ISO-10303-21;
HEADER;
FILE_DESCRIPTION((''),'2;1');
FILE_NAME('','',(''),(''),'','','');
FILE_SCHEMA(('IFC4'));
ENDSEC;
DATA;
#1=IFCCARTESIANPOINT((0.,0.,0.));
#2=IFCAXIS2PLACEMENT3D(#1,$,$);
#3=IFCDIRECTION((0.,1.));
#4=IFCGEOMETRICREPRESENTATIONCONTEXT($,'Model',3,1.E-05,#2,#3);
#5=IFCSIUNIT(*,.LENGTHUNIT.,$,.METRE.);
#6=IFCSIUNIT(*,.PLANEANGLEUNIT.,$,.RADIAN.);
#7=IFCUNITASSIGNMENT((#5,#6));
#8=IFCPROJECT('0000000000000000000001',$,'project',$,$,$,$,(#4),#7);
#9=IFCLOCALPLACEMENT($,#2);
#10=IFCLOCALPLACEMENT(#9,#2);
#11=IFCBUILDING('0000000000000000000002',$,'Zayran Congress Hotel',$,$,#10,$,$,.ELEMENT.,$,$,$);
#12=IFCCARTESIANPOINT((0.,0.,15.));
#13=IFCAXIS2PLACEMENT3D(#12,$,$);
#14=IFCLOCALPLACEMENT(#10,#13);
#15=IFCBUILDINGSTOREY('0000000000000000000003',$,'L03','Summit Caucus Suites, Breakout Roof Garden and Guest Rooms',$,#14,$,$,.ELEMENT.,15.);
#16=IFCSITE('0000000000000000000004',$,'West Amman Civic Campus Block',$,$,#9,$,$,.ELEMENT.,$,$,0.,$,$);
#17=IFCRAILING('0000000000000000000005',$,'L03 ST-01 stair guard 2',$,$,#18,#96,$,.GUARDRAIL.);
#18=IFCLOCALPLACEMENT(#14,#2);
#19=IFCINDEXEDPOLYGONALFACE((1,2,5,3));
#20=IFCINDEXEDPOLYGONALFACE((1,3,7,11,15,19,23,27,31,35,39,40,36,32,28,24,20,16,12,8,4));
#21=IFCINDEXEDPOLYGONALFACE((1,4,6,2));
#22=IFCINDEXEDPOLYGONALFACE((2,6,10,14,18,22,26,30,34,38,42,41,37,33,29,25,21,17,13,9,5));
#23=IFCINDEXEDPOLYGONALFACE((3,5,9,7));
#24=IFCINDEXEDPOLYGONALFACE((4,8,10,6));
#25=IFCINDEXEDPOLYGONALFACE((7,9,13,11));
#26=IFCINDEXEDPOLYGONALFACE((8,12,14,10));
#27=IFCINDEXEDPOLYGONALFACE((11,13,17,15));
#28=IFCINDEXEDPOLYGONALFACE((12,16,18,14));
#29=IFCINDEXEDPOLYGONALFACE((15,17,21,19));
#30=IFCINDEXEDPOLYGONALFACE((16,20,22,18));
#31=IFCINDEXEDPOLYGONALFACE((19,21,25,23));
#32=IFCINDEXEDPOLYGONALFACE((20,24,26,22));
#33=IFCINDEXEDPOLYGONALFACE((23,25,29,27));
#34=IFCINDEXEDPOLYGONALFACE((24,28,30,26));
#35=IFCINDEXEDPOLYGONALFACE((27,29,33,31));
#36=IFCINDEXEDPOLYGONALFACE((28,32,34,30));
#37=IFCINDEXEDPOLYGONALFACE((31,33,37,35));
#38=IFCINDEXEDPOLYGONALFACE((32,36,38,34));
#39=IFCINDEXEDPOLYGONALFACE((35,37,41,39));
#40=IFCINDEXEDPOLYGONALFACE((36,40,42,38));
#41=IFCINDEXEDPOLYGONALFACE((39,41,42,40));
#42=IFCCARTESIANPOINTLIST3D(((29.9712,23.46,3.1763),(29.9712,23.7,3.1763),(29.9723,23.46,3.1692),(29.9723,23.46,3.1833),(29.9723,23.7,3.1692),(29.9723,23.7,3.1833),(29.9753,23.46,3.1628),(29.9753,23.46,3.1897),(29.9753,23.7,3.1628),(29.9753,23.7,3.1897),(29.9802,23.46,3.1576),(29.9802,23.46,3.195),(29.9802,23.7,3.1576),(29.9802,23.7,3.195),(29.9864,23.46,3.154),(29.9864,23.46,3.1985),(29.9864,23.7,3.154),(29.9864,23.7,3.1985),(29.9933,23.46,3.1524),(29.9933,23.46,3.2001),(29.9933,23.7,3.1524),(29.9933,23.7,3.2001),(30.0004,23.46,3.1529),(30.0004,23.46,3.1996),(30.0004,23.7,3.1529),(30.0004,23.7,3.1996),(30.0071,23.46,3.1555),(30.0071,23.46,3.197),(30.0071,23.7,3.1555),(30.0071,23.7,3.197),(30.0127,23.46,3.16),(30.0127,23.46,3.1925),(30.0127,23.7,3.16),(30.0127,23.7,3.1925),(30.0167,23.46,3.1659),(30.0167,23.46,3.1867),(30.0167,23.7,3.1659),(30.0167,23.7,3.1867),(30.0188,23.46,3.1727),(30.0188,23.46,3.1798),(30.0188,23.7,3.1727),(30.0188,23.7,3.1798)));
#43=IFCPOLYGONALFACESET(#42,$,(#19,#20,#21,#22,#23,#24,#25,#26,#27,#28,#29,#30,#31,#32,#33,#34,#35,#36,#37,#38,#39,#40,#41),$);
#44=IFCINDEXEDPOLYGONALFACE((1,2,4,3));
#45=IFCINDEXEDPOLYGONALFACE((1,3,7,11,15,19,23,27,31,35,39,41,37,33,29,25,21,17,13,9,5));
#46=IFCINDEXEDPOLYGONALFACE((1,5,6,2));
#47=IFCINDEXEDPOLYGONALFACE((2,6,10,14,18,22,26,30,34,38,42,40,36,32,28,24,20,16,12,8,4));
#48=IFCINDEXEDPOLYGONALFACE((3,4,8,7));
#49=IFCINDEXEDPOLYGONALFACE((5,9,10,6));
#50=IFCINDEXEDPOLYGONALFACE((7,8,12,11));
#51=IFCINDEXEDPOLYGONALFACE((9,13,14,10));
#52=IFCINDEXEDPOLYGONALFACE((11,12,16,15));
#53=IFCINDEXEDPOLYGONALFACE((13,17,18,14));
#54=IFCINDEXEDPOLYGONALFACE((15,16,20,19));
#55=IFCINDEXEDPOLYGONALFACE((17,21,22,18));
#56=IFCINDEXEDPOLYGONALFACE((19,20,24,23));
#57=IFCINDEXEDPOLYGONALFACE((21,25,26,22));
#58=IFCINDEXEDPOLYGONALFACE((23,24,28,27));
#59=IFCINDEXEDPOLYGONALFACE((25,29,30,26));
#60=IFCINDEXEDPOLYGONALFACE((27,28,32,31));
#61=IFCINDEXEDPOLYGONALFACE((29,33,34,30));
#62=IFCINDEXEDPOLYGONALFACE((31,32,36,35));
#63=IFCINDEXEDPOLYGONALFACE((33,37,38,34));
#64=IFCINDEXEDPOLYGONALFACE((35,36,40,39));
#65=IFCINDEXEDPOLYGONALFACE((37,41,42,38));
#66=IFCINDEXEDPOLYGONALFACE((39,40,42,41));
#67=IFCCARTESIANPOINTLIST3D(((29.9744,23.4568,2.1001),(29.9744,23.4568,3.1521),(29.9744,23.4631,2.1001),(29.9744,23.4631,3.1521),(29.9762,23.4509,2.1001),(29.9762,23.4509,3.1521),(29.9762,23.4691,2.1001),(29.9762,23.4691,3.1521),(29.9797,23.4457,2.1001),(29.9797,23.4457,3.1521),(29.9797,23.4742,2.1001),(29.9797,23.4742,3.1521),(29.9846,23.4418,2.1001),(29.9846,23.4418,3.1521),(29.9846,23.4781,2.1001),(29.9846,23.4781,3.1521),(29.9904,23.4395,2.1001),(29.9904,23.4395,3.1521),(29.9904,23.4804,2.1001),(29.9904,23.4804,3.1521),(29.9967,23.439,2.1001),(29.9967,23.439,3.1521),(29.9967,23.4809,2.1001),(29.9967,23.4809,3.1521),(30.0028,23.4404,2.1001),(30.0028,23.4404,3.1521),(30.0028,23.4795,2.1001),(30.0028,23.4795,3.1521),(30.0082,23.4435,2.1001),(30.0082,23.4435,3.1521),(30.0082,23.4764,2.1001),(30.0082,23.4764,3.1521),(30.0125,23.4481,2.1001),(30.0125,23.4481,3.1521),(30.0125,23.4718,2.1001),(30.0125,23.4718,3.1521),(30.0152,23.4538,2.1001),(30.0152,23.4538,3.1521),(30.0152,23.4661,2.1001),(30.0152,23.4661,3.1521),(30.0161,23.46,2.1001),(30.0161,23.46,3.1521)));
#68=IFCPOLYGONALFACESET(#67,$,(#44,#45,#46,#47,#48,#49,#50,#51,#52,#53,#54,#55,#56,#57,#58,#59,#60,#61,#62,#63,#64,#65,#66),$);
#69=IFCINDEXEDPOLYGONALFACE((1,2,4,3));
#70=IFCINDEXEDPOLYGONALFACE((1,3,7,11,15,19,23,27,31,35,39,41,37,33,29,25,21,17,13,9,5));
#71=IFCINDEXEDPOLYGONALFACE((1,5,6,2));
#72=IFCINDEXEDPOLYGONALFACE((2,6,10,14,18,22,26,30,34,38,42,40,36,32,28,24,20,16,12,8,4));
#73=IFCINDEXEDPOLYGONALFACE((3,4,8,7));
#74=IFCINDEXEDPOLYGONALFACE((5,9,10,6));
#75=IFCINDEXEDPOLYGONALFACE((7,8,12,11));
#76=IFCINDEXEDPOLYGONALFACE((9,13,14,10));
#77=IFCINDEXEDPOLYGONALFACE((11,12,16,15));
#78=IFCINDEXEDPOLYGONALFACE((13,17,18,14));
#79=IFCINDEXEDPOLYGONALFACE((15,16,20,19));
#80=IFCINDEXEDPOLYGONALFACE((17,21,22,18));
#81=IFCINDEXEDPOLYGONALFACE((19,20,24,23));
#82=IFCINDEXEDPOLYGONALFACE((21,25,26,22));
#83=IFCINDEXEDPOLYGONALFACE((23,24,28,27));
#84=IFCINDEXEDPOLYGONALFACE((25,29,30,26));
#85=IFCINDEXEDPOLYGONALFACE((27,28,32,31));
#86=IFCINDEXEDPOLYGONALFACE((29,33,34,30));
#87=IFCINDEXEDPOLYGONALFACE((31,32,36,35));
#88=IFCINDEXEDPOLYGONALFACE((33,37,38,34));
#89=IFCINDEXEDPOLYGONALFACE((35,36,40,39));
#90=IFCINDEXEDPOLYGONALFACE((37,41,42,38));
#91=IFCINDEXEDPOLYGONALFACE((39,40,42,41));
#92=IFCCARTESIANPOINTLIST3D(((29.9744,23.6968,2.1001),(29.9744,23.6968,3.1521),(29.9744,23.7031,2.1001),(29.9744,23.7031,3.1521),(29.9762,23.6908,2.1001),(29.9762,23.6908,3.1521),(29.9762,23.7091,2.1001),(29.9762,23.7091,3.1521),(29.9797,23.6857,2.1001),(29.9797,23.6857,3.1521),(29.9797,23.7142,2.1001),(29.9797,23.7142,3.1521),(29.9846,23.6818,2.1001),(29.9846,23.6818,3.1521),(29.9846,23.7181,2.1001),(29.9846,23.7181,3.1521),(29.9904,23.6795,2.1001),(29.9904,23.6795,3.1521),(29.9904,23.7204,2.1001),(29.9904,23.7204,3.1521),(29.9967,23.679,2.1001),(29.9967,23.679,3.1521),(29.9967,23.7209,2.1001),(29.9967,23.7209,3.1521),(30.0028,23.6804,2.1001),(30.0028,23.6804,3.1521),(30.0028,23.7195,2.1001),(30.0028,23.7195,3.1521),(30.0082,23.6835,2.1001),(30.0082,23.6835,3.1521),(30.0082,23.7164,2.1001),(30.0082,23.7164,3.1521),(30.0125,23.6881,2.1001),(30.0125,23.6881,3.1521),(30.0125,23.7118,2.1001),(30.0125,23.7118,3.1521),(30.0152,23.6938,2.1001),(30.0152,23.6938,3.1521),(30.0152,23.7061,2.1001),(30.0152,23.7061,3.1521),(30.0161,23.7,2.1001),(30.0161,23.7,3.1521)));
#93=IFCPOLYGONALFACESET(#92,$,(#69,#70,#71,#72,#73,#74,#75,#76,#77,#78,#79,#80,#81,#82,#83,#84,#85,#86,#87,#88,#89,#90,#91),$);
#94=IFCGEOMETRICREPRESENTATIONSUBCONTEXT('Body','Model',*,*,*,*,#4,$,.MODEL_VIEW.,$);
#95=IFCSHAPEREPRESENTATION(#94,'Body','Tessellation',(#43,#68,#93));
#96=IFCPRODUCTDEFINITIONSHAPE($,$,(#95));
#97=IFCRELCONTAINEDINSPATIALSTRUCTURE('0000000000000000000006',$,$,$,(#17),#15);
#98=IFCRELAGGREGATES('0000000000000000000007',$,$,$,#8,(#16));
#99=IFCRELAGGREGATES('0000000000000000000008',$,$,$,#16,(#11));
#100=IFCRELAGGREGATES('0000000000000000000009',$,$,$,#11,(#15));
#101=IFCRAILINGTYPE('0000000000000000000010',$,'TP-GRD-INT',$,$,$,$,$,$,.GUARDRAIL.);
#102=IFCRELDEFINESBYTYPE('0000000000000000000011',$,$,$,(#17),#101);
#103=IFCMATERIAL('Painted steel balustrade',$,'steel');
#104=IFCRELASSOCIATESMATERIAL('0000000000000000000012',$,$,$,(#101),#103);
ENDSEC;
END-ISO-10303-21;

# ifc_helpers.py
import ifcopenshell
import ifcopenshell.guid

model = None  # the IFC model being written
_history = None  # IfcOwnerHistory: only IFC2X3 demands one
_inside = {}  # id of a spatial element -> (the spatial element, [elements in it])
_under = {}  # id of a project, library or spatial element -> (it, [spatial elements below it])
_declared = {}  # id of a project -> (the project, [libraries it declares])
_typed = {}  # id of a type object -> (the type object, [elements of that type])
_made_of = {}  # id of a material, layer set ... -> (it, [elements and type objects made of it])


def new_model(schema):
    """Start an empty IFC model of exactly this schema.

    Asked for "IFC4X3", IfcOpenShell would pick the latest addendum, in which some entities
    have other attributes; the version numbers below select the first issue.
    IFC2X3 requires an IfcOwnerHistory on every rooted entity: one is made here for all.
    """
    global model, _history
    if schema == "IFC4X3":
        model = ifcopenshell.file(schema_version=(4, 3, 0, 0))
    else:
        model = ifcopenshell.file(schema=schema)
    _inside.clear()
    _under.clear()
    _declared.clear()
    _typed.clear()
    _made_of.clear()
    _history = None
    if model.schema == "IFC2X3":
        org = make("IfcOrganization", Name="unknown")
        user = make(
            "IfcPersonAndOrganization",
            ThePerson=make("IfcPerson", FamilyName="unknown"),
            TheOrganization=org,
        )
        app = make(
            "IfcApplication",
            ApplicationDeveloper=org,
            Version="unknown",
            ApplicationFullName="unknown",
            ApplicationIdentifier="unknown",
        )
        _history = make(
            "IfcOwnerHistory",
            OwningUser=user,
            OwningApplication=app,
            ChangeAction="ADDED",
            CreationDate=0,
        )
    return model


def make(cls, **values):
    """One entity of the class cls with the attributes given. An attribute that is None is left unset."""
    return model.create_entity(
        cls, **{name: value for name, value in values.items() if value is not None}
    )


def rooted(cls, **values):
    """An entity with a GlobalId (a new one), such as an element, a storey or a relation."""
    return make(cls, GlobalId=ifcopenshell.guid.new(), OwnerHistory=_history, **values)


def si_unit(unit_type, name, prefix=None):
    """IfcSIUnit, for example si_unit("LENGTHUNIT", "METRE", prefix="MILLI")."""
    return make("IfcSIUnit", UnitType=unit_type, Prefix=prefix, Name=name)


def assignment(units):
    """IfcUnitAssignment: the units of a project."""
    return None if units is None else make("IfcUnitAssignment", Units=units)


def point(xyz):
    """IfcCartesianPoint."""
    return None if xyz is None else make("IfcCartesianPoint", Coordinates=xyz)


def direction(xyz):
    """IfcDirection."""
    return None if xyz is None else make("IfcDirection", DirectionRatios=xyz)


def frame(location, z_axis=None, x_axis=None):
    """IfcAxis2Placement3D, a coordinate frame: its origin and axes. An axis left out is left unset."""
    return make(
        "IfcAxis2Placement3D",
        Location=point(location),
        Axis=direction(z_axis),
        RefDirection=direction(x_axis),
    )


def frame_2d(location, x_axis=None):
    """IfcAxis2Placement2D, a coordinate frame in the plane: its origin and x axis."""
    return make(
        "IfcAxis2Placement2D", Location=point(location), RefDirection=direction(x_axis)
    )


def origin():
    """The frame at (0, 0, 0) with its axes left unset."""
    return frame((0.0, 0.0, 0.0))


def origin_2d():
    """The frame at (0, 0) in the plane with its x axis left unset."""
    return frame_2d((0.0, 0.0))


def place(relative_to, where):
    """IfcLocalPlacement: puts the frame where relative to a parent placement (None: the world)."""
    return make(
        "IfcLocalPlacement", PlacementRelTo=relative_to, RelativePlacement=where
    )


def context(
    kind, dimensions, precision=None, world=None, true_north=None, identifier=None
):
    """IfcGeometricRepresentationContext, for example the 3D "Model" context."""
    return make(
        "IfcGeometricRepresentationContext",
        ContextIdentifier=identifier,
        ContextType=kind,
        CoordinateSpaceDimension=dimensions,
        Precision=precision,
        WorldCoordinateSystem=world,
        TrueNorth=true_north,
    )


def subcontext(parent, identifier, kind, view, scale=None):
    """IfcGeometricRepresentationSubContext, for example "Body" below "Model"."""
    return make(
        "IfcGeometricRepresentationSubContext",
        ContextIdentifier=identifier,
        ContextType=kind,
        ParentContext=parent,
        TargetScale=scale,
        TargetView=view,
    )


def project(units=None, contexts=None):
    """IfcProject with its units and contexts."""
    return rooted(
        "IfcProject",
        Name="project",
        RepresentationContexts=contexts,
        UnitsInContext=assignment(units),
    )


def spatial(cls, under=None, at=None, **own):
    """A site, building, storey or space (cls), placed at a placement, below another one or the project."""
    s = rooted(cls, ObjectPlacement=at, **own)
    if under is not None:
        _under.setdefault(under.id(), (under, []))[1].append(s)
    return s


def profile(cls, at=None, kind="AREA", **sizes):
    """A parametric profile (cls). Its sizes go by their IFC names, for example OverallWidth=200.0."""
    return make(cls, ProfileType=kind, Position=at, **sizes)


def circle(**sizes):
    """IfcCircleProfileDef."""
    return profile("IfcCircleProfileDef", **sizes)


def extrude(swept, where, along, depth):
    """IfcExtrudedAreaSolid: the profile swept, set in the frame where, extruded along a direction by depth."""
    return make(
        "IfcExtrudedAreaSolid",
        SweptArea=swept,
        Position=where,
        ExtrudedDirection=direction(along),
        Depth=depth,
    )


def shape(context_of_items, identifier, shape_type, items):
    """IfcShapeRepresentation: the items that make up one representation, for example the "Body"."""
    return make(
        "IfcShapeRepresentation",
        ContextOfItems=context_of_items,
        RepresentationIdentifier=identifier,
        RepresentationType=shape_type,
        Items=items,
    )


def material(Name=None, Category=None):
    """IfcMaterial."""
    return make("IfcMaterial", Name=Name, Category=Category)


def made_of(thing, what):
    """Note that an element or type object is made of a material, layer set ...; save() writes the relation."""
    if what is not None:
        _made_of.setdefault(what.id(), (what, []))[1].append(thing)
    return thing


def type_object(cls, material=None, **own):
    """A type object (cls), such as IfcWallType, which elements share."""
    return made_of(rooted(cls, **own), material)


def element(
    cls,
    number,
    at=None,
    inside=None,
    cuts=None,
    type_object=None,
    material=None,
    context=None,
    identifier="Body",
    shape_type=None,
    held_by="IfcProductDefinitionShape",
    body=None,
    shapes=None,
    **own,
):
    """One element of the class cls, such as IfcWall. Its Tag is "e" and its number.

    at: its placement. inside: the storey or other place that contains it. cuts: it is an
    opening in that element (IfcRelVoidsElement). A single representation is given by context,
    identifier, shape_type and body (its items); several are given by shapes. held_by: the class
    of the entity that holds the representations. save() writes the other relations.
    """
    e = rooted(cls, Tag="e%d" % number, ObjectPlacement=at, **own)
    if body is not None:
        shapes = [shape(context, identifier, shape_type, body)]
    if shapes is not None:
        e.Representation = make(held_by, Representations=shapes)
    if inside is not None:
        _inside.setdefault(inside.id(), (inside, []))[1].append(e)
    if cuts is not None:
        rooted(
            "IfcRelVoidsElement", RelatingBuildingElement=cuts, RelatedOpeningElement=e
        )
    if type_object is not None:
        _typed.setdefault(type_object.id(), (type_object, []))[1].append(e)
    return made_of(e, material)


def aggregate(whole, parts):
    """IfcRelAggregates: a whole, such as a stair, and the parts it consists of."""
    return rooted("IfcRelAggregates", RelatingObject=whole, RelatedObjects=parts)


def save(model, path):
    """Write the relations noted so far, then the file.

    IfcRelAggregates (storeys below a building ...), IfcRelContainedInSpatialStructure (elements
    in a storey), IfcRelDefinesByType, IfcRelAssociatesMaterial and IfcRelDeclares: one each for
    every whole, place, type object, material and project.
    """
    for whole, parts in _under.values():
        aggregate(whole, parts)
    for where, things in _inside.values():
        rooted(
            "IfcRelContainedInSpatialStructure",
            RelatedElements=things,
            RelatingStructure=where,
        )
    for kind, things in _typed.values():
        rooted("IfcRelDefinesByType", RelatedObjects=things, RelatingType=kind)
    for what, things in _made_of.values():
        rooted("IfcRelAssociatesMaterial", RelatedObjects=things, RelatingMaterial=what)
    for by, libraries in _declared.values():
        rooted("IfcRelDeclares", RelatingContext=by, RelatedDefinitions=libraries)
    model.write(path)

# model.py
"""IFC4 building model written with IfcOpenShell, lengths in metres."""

from ifc_helpers import new_model, si_unit, direction, frame, origin, origin_2d, place, context, subcontext, project, spatial, circle, extrude, material, type_object, element, save


model = new_model("IFC4")

# Units and contexts
model_context = context("Model", 3, precision=1e-05, world=origin(), true_north=direction((0.0, 1.0)))
body_context = subcontext(model_context, "Body", "Model", "MODEL_VIEW")
ifc_project = project(units=[si_unit("LENGTHUNIT", "METRE"), si_unit("PLANEANGLEUNIT", "RADIAN")], contexts=[model_context])

# Site, building, storey
site_placement = place(None, origin())
site = spatial("IfcSite", under=ifc_project, at=site_placement, Name="West Amman Civic Campus Block", CompositionType="ELEMENT", RefElevation=0.0)
building_placement = place(site_placement, origin())
building = spatial("IfcBuilding", under=site, at=building_placement, Name="Zayran Congress Hotel", CompositionType="ELEMENT")
storey_placement = place(building_placement, frame((0.0, 0.0, 15.0)))
storey = spatial("IfcBuildingStorey", under=building, at=storey_placement, Name="L03", Description="Summit Caucus Suites, Breakout Roof Garden and Guest Rooms", CompositionType="ELEMENT", Elevation=15.0)

# Railing
ifc_material_1 = material(Name="Painted steel balustrade", Category="steel")
railing_type_1 = type_object("IfcRailingType", Name="TP-GRD-INT", PredefinedType="GUARDRAIL", material=ifc_material_1)
railing_1_placement = place(storey_placement, frame((29.9951, 23.46, 2.1001)))
element("IfcRailing", 1, at=railing_1_placement, inside=storey, type_object=railing_type_1, Name="L03 ST-01 stair guard 2", PredefinedType="GUARDRAIL", context=body_context, shape_type="SweptSolid", body=[
    extrude(circle(Radius=0.0239, at=origin_2d()), frame((0.0, 0.0, 1.0762), z_axis=(0.0, 1.0, 0.0), x_axis=(-1.0, 0.0, 0.0)), (0.0, 0.0, 1.0), 0.24),
    extrude(circle(Radius=0.021, at=origin_2d()), origin(), (0.0, 0.0, 1.0), 1.052),
    extrude(circle(Radius=0.021, at=origin_2d()), frame((0.0, 0.24, 0.0)), (0.0, 0.0, 1.0), 1.052),
])

save(model, "model.ifc")
